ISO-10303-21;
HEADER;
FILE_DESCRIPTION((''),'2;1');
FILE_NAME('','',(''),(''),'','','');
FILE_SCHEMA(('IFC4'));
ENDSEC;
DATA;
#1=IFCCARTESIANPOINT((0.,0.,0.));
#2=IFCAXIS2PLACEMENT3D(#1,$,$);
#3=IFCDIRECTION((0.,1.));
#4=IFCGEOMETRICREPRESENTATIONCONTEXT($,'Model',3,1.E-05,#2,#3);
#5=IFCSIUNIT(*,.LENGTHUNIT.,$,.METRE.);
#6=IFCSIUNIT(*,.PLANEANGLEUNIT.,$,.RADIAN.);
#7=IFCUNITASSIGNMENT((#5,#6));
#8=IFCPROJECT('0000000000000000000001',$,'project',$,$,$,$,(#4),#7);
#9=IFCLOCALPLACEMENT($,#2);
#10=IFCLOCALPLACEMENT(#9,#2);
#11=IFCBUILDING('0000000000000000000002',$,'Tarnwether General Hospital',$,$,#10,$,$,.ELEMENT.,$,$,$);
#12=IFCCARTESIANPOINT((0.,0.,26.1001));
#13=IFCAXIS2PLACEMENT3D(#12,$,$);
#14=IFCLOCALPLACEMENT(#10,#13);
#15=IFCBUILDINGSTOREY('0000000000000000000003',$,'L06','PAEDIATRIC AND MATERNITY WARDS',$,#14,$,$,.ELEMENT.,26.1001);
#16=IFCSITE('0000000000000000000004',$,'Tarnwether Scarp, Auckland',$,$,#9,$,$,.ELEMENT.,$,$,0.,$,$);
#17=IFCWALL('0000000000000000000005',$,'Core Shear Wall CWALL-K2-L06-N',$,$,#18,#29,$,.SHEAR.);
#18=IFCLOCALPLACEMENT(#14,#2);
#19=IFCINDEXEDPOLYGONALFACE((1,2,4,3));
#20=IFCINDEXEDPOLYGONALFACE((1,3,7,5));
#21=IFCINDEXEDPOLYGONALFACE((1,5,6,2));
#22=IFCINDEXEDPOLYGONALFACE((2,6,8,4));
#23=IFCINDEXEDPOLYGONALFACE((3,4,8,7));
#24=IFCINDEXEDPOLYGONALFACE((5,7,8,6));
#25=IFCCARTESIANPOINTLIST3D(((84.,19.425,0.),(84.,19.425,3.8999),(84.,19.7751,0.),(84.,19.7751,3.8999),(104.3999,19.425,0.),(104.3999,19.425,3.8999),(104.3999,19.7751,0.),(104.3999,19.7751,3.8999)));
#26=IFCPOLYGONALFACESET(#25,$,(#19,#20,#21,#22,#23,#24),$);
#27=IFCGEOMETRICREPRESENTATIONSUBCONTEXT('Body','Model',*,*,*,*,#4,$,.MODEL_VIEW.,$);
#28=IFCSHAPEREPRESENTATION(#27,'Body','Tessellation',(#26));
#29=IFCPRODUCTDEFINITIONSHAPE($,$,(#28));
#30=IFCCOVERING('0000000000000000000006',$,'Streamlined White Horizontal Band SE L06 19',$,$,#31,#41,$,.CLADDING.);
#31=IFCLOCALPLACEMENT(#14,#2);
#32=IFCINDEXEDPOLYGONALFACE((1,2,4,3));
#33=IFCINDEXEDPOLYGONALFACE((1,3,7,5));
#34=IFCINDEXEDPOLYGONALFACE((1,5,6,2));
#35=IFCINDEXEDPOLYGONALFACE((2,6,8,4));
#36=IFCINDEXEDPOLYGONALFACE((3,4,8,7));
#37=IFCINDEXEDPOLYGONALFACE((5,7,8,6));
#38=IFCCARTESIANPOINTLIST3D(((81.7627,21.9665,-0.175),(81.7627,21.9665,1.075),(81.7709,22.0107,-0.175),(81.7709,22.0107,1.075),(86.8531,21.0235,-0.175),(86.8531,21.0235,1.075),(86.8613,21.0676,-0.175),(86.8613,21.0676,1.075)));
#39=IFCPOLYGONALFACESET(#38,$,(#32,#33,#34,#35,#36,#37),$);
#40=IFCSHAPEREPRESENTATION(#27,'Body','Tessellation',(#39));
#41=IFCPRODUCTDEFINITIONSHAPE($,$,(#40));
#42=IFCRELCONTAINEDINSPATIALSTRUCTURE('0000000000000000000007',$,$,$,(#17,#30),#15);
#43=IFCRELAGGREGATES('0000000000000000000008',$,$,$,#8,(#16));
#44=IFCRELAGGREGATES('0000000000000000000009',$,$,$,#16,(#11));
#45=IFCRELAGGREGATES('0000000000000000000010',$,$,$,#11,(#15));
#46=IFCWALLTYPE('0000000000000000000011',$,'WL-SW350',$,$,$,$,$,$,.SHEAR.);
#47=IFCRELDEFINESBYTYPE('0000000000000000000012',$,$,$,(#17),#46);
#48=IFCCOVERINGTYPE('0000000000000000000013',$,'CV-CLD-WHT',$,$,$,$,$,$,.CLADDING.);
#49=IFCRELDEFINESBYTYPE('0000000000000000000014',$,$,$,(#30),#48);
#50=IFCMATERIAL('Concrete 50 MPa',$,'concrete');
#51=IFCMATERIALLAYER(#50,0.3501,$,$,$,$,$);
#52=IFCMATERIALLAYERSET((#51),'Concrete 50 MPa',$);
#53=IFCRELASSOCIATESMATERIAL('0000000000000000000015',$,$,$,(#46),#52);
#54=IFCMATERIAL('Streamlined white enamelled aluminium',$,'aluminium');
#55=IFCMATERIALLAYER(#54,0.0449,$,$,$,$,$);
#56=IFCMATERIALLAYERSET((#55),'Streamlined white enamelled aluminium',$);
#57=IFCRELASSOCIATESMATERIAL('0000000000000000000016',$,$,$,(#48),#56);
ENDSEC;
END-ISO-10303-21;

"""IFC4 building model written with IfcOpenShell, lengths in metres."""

from ifc_helpers import new_model, si_unit, direction, frame, frame_2d, origin, origin_2d, place, context, subcontext, project, spatial, rectangle, extrude, material, layer, layer_set, type_object, element, save


model = new_model("IFC4")

# Units and contexts
model_context = context("Model", 3, precision=1e-05, world=origin(), true_north=direction((0.0, 1.0)))
body_context = subcontext(model_context, "Body", "Model", "MODEL_VIEW")
ifc_project = project(units=[si_unit("LENGTHUNIT", "METRE"), si_unit("PLANEANGLEUNIT", "RADIAN")], contexts=[model_context])

# Site, building, storey
site_placement = place(None, origin())
site = spatial("IfcSite", under=ifc_project, at=site_placement, Name="Tarnwether Scarp, Auckland", CompositionType="ELEMENT", RefElevation=0.0)
building_placement = place(site_placement, origin())
building = spatial("IfcBuilding", under=site, at=building_placement, Name="Tarnwether General Hospital", CompositionType="ELEMENT")
storey_placement = place(building_placement, frame((0.0, 0.0, 26.1001)))
storey = spatial("IfcBuildingStorey", under=building, at=storey_placement, Name="L06", Description="PAEDIATRIC AND MATERNITY WARDS", CompositionType="ELEMENT", Elevation=26.1001)

# Wall
ifc_material_1 = material(Name="Concrete 50 MPa", Category="concrete")
ifc_layer_1 = layer(ifc_material_1, 0.3501)
ifc_layer_set_1 = layer_set([ifc_layer_1], Name="Concrete 50 MPa")
wall_type_1 = type_object("IfcWallType", Name="WL-SW350", PredefinedType="SHEAR", material=ifc_layer_set_1)
wall_1_placement = place(storey_placement, frame((84.0, 19.6001, 0.0), z_axis=(0.0, 0.0, 1.0), x_axis=(1.0, 0.0, 0.0)))
element("IfcWall", 1, at=wall_1_placement, inside=storey, type_object=wall_type_1, Name="Core Shear Wall CWALL-K2-L06-N", PredefinedType="SHEAR", context=body_context, shape_type="SweptSolid", body=[
    extrude(rectangle(XDim=20.3999, YDim=0.3501, at=frame_2d((10.2, 0.0))), origin(), (0.0, 0.0, 1.0), 3.8999),
])

# Covering
ifc_material_2 = material(Name="Streamlined white enamelled aluminium", Category="aluminium")
ifc_layer_2 = layer(ifc_material_2, 0.0449)
ifc_layer_set_2 = layer_set([ifc_layer_2], Name="Streamlined white enamelled aluminium")
covering_type = type_object("IfcCoveringType", Name="CV-CLD-WHT", PredefinedType="CLADDING", material=ifc_layer_set_2)
covering_placement = place(storey_placement, frame((84.312, 21.5171, -0.175), z_axis=(0.0, 0.0, 1.0), x_axis=(0.983268, -0.182167, 0.0)))
element("IfcCovering", 2, at=covering_placement, inside=storey, type_object=covering_type, Name="Streamlined White Horizontal Band SE L06 19", PredefinedType="CLADDING", context=body_context, shape_type="SweptSolid", body=[
    extrude(rectangle(XDim=5.177, YDim=0.0449, at=origin_2d()), origin(), (0.0, 0.0, 1.0), 1.25),
])

save(model, "model.ifc")
